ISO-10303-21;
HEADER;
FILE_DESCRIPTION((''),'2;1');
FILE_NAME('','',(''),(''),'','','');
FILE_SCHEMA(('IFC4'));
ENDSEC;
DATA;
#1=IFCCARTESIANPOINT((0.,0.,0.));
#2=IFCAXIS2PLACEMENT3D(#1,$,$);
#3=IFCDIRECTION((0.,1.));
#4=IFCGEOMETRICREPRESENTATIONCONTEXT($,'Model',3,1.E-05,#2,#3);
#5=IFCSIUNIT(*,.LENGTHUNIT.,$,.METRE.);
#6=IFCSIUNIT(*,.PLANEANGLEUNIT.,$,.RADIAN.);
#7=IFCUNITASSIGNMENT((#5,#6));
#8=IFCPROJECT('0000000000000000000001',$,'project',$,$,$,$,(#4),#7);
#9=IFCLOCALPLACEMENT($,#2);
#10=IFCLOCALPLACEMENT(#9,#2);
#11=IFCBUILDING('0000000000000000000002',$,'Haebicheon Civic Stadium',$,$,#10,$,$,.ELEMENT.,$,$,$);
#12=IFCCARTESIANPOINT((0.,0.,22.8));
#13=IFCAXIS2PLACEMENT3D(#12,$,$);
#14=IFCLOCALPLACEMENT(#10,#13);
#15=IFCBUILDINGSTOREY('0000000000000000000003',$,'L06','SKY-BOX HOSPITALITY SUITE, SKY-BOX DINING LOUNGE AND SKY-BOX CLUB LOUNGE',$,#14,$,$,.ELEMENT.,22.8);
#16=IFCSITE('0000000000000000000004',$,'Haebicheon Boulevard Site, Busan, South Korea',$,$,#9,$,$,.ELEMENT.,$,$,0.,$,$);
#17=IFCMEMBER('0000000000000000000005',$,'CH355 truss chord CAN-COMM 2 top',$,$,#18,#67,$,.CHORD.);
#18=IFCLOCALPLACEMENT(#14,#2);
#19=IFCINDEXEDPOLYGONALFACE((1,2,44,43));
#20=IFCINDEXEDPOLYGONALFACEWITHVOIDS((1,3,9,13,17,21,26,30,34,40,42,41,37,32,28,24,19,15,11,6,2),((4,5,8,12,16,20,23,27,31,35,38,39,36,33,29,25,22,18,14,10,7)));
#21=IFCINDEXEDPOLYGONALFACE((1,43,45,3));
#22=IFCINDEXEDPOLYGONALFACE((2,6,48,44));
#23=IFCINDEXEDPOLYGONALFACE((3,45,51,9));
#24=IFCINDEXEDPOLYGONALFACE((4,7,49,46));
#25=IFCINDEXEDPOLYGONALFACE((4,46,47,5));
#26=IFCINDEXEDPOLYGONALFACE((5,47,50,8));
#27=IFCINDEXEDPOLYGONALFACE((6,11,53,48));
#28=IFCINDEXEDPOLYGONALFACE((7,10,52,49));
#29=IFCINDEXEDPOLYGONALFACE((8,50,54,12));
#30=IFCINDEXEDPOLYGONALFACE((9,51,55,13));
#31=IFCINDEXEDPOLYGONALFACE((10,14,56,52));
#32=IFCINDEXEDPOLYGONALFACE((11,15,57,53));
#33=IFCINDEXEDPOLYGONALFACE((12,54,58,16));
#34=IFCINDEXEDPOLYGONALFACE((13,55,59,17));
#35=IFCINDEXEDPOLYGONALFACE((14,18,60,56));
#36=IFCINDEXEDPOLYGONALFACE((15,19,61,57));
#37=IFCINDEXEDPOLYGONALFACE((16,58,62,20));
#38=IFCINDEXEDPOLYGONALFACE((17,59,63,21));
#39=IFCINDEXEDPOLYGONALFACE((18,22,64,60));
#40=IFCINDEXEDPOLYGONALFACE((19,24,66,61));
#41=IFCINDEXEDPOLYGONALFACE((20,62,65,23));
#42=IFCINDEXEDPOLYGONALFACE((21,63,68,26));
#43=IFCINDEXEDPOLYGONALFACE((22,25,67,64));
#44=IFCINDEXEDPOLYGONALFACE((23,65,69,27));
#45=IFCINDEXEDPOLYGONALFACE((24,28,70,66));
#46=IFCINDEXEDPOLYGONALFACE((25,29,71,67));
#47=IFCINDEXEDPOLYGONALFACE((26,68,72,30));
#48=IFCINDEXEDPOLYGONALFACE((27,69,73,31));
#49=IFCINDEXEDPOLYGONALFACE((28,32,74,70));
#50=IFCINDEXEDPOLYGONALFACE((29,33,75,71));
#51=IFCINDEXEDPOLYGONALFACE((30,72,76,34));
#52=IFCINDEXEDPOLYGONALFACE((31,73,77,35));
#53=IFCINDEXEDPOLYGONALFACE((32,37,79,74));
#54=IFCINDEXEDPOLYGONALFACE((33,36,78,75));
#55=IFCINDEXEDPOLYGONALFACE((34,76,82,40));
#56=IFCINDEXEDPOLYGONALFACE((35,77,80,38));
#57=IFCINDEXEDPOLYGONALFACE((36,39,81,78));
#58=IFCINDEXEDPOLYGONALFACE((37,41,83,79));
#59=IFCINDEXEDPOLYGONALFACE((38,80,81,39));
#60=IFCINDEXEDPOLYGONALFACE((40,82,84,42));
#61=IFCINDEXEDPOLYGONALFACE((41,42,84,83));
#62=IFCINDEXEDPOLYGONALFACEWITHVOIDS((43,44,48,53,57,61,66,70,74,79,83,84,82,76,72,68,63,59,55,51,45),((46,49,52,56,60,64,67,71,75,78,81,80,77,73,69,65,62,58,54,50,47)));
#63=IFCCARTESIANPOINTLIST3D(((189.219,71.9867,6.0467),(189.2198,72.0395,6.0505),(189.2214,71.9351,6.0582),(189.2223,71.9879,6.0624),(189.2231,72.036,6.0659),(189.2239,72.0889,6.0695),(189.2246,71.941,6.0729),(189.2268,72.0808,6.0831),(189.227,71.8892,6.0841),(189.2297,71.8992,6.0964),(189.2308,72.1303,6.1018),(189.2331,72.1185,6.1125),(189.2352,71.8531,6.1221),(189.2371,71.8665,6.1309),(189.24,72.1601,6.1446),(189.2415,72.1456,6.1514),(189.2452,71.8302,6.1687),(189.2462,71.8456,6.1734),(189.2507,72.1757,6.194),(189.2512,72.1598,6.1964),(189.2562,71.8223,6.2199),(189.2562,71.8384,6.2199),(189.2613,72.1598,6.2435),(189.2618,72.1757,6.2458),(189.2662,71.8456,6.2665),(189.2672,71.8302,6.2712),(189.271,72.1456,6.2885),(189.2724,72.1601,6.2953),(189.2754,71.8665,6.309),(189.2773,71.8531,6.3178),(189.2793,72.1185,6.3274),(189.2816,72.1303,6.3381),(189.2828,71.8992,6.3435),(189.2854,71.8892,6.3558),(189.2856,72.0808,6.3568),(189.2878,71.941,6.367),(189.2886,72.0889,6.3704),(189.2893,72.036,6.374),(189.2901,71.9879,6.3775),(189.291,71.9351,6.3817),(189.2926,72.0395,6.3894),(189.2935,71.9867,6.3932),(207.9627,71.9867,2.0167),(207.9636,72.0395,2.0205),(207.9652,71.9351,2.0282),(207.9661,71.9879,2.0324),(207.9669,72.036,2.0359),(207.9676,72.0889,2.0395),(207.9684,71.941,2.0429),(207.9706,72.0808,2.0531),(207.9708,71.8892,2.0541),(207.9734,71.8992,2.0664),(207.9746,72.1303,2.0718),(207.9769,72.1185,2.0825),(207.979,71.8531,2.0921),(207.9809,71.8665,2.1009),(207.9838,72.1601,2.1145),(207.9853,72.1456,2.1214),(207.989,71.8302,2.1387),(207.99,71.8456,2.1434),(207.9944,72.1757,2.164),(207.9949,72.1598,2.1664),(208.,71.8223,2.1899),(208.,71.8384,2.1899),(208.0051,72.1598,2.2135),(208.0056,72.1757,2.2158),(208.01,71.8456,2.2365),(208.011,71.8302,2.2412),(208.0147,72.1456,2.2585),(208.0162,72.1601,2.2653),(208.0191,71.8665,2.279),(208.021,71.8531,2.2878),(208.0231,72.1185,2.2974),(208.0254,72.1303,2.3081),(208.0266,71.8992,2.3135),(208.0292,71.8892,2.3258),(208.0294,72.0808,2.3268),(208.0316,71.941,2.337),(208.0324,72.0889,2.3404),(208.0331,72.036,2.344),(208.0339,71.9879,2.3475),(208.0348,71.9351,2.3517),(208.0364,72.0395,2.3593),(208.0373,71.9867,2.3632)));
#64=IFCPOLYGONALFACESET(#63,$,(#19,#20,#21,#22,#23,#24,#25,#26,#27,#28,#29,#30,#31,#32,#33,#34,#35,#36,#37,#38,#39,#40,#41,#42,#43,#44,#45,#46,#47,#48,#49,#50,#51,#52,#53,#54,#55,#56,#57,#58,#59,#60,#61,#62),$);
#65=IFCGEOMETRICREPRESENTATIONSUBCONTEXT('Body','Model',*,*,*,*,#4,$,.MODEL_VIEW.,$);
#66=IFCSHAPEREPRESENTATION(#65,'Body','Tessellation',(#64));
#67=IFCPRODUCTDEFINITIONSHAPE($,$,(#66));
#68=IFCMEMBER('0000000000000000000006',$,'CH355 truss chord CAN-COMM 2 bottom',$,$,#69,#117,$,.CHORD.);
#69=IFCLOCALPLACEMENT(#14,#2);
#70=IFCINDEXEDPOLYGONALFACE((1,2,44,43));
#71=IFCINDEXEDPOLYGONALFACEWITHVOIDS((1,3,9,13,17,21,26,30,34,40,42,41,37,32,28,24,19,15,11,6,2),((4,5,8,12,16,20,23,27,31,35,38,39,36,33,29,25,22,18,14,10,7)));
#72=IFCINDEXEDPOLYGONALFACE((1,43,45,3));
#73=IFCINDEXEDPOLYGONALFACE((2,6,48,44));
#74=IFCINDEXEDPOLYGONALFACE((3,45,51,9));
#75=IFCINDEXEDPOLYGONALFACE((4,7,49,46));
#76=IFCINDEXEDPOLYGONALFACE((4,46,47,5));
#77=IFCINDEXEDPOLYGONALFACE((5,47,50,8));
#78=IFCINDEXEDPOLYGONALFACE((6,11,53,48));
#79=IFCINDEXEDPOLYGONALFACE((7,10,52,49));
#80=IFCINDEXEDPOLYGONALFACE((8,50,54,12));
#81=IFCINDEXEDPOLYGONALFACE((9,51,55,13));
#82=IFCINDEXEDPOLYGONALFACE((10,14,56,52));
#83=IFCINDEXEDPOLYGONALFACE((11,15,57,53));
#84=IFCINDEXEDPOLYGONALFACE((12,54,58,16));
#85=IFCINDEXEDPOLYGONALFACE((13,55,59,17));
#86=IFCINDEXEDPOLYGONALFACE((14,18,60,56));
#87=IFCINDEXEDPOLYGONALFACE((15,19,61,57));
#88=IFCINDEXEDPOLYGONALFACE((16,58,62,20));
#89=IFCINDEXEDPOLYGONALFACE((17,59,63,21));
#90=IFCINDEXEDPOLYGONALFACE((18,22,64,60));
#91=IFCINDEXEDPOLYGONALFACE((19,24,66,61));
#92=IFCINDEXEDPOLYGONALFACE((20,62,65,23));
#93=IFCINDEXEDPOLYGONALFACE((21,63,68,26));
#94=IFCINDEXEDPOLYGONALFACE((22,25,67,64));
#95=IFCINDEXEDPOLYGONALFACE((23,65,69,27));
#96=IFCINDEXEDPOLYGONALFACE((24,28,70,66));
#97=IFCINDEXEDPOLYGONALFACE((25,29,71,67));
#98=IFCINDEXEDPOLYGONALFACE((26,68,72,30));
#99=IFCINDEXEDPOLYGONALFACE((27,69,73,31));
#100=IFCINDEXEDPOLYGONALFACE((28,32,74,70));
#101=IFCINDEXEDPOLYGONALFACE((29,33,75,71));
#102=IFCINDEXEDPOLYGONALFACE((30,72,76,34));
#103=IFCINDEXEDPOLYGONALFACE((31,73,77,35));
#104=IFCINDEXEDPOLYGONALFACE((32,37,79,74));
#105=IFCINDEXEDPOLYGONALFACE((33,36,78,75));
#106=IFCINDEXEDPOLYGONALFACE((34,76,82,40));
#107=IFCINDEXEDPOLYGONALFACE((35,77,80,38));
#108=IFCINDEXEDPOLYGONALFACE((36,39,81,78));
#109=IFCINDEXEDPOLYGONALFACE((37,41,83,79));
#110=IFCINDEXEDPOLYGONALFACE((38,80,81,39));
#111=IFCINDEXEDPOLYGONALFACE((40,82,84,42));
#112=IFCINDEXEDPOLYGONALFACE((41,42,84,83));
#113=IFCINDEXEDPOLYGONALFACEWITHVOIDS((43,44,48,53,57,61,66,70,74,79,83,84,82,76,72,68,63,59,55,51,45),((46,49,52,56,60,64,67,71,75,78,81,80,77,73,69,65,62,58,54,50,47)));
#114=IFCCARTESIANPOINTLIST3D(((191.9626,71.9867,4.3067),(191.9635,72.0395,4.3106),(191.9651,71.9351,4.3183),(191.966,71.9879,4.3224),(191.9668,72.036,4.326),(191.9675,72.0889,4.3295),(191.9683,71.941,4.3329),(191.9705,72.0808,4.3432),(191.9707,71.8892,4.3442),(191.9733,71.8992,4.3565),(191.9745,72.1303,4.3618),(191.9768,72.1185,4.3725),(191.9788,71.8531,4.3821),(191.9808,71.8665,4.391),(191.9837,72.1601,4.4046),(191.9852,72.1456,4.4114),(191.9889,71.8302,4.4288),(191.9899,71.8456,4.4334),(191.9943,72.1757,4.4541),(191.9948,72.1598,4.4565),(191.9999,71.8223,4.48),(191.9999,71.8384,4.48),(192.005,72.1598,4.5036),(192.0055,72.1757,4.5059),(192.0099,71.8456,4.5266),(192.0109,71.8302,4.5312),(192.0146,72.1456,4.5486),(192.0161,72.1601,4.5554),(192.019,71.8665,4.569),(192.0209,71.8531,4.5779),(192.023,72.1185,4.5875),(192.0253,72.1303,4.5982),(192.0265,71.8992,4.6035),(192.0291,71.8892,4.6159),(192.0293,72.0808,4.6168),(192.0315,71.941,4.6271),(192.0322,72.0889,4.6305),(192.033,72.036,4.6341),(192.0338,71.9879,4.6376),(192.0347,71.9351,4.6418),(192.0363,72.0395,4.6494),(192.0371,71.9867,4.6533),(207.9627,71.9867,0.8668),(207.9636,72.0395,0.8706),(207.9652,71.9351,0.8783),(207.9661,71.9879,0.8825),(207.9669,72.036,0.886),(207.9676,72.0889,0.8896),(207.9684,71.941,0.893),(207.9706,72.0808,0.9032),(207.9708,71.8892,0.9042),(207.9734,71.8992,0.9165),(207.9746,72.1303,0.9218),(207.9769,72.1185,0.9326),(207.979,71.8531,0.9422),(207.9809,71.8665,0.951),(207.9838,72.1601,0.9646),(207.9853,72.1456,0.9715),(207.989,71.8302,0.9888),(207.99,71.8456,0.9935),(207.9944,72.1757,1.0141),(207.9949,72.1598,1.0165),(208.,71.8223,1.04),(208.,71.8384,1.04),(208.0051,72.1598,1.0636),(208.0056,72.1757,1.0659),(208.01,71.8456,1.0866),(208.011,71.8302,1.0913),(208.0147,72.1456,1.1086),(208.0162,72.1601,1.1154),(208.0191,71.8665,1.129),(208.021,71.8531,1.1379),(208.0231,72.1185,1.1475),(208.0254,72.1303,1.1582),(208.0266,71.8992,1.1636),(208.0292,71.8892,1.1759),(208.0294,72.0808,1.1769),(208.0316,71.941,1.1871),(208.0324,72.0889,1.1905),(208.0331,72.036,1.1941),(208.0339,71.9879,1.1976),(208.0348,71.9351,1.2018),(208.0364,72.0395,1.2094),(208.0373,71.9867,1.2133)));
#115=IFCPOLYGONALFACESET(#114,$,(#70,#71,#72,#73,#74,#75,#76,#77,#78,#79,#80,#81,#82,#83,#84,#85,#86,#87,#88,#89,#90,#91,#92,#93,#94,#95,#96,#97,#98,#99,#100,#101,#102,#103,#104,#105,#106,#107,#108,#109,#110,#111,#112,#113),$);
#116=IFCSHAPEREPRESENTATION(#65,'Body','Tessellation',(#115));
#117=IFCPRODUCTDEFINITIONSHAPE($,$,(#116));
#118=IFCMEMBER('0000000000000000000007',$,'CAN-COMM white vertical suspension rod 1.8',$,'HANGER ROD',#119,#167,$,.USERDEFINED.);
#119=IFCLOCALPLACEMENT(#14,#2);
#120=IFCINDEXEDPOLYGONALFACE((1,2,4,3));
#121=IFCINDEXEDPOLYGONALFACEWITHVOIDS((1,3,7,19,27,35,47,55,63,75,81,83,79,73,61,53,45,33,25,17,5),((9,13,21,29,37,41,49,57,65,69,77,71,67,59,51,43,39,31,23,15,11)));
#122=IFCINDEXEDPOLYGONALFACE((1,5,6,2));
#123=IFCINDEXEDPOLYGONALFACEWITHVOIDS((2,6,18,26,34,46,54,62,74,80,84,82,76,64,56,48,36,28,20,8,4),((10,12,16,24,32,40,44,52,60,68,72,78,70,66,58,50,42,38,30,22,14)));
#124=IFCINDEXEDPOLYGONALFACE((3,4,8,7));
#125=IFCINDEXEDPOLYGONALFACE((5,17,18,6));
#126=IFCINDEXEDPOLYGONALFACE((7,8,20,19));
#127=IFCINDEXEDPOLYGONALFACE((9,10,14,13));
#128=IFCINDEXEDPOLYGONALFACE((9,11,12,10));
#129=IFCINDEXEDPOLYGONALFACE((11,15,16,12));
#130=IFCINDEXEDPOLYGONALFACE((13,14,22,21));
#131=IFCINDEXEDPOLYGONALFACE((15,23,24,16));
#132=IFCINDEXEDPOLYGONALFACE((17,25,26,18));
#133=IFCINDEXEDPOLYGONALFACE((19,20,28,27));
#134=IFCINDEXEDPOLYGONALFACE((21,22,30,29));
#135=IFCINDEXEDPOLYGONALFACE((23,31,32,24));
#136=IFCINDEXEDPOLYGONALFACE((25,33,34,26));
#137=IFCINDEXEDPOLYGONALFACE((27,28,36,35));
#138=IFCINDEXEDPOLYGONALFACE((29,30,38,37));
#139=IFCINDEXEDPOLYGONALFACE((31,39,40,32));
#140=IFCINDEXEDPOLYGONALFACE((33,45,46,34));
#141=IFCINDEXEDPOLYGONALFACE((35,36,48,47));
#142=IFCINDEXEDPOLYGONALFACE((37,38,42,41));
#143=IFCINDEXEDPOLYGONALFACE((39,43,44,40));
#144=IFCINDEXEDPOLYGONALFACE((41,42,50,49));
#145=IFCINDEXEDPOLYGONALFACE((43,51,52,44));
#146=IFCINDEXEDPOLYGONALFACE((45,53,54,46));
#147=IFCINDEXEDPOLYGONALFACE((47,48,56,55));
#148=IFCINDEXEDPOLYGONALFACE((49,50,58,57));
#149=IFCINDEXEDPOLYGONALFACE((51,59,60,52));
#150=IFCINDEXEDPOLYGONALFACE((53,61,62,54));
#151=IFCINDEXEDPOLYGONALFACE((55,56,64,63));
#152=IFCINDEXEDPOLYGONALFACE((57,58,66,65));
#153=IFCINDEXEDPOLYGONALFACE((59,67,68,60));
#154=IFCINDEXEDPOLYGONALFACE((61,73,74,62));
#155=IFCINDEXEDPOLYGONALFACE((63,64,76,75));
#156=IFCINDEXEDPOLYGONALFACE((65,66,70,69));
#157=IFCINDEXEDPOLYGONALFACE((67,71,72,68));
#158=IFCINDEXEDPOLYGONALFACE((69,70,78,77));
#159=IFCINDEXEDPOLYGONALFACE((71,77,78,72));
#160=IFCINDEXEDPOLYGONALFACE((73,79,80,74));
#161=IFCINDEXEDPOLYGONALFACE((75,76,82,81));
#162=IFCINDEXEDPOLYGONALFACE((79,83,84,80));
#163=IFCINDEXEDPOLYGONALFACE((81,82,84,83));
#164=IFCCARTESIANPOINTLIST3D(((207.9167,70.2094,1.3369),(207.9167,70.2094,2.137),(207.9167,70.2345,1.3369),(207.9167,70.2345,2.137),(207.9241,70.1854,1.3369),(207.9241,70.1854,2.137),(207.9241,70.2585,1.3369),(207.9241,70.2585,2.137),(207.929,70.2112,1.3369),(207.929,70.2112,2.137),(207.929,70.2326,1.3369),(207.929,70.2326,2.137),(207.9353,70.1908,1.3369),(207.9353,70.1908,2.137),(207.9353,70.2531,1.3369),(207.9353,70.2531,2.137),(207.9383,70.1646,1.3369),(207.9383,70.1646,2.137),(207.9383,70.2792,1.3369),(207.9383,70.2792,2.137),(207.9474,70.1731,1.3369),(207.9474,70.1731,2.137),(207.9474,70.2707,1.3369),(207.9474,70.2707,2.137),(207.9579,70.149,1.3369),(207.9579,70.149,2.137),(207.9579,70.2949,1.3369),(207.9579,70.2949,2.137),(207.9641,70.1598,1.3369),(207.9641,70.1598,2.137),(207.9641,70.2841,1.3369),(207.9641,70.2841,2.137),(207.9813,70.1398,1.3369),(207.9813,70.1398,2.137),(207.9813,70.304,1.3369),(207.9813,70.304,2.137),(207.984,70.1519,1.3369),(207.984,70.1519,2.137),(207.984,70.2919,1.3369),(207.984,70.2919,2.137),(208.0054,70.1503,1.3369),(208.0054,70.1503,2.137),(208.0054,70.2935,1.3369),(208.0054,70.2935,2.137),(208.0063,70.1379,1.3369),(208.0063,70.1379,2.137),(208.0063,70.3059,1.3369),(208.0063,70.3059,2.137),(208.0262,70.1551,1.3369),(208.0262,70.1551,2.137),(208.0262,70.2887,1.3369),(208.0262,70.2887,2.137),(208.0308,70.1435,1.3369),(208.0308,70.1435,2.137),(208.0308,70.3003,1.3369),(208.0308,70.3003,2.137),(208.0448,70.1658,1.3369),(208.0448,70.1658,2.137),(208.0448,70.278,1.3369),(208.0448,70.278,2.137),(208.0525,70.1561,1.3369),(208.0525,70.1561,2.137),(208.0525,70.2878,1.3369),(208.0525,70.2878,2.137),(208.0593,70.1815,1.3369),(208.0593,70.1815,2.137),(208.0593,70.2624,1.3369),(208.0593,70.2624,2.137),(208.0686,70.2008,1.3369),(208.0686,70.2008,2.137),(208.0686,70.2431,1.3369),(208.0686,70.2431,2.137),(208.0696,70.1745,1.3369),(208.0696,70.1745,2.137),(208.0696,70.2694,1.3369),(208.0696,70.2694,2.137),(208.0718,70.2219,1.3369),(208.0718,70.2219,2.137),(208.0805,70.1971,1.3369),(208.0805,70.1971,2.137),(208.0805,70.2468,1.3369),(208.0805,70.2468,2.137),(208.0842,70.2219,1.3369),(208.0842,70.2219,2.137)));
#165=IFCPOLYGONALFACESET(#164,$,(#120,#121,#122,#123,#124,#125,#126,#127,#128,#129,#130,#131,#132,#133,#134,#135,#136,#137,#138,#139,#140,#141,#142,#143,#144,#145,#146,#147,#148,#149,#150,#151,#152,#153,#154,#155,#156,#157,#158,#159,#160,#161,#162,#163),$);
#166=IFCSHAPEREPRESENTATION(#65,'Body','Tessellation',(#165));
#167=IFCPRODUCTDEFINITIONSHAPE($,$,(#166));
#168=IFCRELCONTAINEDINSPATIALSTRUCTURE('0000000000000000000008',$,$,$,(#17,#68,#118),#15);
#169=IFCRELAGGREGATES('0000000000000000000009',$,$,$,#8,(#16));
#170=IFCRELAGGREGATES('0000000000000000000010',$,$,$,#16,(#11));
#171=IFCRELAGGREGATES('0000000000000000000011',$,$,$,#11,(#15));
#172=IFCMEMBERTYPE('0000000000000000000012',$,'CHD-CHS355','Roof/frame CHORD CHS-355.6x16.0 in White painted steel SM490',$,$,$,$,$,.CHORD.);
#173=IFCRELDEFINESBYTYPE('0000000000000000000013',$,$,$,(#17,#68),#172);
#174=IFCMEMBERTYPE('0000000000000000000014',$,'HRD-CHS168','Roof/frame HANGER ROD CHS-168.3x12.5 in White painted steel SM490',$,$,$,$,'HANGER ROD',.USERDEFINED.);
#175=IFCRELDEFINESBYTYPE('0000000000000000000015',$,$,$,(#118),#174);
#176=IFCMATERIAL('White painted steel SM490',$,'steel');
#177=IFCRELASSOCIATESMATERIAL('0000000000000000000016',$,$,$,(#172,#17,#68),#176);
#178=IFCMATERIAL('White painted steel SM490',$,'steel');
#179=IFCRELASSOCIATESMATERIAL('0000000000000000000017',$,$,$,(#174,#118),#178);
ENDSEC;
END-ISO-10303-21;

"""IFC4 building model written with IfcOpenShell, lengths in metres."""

from ifc_helpers import new_model, si_unit, direction, frame, origin, origin_2d, place, context, subcontext, project, spatial, hollow_circle, extrude, material, material_profile, profile_set, type_object, element, save


model = new_model("IFC4")

# Units and contexts
model_context = context("Model", 3, precision=1e-05, world=origin(), true_north=direction((0.0, 1.0)))
body_context = subcontext(model_context, "Body", "Model", "MODEL_VIEW")
ifc_project = project(units=[si_unit("LENGTHUNIT", "METRE"), si_unit("PLANEANGLEUNIT", "RADIAN")], contexts=[model_context])

# Site, building, storey
site_placement = place(None, origin())
site = spatial("IfcSite", under=ifc_project, at=site_placement, Name="Haebicheon Boulevard Site, Busan, South Korea", CompositionType="ELEMENT", RefElevation=0.0)
building_placement = place(site_placement, origin())
building = spatial("IfcBuilding", under=site, at=building_placement, Name="Haebicheon Civic Stadium", CompositionType="ELEMENT")
storey_placement = place(building_placement, frame((0.0, 0.0, 22.8)))
storey = spatial("IfcBuildingStorey", under=building, at=storey_placement, Name="L06", Description="SKY-BOX HOSPITALITY SUITE, SKY-BOX DINING LOUNGE AND SKY-BOX CLUB LOUNGE", CompositionType="ELEMENT", Elevation=22.8)

# Members
ifc_material_1 = material(Name="White painted steel SM490", Category="steel")
ifc_material_profile_1 = material_profile(ifc_material_1, hollow_circle(Radius=0.1777, WallThickness=0.0161, at=origin_2d()), Name="CHS-355.6x16.0")
ifc_profile_set_1 = profile_set([ifc_material_profile_1], Name="White painted steel SM490")
member_type_1 = type_object("IfcMemberType", Name="CHD-CHS355", Description="Roof/frame CHORD CHS-355.6x16.0 in White painted steel SM490", PredefinedType="CHORD", material=ifc_profile_set_1)
member_1_placement = place(storey_placement, frame((208.0, 72.0, 2.1899), z_axis=(-0.977658, 0.0, 0.210201), x_axis=(0.0, -1.0, 0.0)))
element("IfcMember", 1, at=member_1_placement, inside=storey, type_object=member_type_1, material=ifc_profile_set_1, Name="CH355 truss chord CAN-COMM 2 top", PredefinedType="CHORD", context=body_context, shape_type="SweptSolid", body=[
    extrude(hollow_circle(Radius=0.1777, WallThickness=0.0161, at=origin_2d()), origin(), (0.0, 0.0, 1.0), 19.1721),
])
member_2_placement = place(storey_placement, frame((208.0, 72.0, 1.04), z_axis=(-0.97766, 0.0, 0.210193), x_axis=(0.0, -1.0, 0.0)))
element("IfcMember", 2, at=member_2_placement, inside=storey, type_object=member_type_1, material=ifc_profile_set_1, Name="CH355 truss chord CAN-COMM 2 bottom", PredefinedType="CHORD", context=body_context, shape_type="SweptSolid", body=[
    extrude(hollow_circle(Radius=0.1777, WallThickness=0.0161, at=origin_2d()), origin(), (0.0, 0.0, 1.0), 16.3657),
])
ifc_material_2 = material(Name="White painted steel SM490", Category="steel")
ifc_material_profile_2 = material_profile(ifc_material_2, hollow_circle(Radius=0.0842, WallThickness=0.0125, at=origin_2d()), Name="CHS-168.3x12.5")
ifc_profile_set_2 = profile_set([ifc_material_profile_2], Name="White painted steel SM490")
member_type_2 = type_object("IfcMemberType", Name="HRD-CHS168", Description="Roof/frame HANGER ROD CHS-168.3x12.5 in White painted steel SM490", ElementType="HANGER ROD", PredefinedType="USERDEFINED", material=ifc_profile_set_2)
for number, where, z_axis, x_axis, name in (
    (3, (208.0, 70.2219, 1.3369), (0.0, 0.0, 1.0), (1.0, 0.0, 0.0), "CAN-COMM white vertical suspension rod 1.8"),
):
    element("IfcMember", number, at=place(storey_placement, frame(where, z_axis=z_axis, x_axis=x_axis)), inside=storey, type_object=member_type_2, material=ifc_profile_set_2, Name=name, ObjectType="HANGER ROD", PredefinedType="USERDEFINED", context=body_context, shape_type="SweptSolid", body=[
        extrude(hollow_circle(Radius=0.0842, WallThickness=0.0125, at=origin_2d()), origin(), (0.0, 0.0, 1.0), 0.8),
    ])

save(model, "model.ifc")
